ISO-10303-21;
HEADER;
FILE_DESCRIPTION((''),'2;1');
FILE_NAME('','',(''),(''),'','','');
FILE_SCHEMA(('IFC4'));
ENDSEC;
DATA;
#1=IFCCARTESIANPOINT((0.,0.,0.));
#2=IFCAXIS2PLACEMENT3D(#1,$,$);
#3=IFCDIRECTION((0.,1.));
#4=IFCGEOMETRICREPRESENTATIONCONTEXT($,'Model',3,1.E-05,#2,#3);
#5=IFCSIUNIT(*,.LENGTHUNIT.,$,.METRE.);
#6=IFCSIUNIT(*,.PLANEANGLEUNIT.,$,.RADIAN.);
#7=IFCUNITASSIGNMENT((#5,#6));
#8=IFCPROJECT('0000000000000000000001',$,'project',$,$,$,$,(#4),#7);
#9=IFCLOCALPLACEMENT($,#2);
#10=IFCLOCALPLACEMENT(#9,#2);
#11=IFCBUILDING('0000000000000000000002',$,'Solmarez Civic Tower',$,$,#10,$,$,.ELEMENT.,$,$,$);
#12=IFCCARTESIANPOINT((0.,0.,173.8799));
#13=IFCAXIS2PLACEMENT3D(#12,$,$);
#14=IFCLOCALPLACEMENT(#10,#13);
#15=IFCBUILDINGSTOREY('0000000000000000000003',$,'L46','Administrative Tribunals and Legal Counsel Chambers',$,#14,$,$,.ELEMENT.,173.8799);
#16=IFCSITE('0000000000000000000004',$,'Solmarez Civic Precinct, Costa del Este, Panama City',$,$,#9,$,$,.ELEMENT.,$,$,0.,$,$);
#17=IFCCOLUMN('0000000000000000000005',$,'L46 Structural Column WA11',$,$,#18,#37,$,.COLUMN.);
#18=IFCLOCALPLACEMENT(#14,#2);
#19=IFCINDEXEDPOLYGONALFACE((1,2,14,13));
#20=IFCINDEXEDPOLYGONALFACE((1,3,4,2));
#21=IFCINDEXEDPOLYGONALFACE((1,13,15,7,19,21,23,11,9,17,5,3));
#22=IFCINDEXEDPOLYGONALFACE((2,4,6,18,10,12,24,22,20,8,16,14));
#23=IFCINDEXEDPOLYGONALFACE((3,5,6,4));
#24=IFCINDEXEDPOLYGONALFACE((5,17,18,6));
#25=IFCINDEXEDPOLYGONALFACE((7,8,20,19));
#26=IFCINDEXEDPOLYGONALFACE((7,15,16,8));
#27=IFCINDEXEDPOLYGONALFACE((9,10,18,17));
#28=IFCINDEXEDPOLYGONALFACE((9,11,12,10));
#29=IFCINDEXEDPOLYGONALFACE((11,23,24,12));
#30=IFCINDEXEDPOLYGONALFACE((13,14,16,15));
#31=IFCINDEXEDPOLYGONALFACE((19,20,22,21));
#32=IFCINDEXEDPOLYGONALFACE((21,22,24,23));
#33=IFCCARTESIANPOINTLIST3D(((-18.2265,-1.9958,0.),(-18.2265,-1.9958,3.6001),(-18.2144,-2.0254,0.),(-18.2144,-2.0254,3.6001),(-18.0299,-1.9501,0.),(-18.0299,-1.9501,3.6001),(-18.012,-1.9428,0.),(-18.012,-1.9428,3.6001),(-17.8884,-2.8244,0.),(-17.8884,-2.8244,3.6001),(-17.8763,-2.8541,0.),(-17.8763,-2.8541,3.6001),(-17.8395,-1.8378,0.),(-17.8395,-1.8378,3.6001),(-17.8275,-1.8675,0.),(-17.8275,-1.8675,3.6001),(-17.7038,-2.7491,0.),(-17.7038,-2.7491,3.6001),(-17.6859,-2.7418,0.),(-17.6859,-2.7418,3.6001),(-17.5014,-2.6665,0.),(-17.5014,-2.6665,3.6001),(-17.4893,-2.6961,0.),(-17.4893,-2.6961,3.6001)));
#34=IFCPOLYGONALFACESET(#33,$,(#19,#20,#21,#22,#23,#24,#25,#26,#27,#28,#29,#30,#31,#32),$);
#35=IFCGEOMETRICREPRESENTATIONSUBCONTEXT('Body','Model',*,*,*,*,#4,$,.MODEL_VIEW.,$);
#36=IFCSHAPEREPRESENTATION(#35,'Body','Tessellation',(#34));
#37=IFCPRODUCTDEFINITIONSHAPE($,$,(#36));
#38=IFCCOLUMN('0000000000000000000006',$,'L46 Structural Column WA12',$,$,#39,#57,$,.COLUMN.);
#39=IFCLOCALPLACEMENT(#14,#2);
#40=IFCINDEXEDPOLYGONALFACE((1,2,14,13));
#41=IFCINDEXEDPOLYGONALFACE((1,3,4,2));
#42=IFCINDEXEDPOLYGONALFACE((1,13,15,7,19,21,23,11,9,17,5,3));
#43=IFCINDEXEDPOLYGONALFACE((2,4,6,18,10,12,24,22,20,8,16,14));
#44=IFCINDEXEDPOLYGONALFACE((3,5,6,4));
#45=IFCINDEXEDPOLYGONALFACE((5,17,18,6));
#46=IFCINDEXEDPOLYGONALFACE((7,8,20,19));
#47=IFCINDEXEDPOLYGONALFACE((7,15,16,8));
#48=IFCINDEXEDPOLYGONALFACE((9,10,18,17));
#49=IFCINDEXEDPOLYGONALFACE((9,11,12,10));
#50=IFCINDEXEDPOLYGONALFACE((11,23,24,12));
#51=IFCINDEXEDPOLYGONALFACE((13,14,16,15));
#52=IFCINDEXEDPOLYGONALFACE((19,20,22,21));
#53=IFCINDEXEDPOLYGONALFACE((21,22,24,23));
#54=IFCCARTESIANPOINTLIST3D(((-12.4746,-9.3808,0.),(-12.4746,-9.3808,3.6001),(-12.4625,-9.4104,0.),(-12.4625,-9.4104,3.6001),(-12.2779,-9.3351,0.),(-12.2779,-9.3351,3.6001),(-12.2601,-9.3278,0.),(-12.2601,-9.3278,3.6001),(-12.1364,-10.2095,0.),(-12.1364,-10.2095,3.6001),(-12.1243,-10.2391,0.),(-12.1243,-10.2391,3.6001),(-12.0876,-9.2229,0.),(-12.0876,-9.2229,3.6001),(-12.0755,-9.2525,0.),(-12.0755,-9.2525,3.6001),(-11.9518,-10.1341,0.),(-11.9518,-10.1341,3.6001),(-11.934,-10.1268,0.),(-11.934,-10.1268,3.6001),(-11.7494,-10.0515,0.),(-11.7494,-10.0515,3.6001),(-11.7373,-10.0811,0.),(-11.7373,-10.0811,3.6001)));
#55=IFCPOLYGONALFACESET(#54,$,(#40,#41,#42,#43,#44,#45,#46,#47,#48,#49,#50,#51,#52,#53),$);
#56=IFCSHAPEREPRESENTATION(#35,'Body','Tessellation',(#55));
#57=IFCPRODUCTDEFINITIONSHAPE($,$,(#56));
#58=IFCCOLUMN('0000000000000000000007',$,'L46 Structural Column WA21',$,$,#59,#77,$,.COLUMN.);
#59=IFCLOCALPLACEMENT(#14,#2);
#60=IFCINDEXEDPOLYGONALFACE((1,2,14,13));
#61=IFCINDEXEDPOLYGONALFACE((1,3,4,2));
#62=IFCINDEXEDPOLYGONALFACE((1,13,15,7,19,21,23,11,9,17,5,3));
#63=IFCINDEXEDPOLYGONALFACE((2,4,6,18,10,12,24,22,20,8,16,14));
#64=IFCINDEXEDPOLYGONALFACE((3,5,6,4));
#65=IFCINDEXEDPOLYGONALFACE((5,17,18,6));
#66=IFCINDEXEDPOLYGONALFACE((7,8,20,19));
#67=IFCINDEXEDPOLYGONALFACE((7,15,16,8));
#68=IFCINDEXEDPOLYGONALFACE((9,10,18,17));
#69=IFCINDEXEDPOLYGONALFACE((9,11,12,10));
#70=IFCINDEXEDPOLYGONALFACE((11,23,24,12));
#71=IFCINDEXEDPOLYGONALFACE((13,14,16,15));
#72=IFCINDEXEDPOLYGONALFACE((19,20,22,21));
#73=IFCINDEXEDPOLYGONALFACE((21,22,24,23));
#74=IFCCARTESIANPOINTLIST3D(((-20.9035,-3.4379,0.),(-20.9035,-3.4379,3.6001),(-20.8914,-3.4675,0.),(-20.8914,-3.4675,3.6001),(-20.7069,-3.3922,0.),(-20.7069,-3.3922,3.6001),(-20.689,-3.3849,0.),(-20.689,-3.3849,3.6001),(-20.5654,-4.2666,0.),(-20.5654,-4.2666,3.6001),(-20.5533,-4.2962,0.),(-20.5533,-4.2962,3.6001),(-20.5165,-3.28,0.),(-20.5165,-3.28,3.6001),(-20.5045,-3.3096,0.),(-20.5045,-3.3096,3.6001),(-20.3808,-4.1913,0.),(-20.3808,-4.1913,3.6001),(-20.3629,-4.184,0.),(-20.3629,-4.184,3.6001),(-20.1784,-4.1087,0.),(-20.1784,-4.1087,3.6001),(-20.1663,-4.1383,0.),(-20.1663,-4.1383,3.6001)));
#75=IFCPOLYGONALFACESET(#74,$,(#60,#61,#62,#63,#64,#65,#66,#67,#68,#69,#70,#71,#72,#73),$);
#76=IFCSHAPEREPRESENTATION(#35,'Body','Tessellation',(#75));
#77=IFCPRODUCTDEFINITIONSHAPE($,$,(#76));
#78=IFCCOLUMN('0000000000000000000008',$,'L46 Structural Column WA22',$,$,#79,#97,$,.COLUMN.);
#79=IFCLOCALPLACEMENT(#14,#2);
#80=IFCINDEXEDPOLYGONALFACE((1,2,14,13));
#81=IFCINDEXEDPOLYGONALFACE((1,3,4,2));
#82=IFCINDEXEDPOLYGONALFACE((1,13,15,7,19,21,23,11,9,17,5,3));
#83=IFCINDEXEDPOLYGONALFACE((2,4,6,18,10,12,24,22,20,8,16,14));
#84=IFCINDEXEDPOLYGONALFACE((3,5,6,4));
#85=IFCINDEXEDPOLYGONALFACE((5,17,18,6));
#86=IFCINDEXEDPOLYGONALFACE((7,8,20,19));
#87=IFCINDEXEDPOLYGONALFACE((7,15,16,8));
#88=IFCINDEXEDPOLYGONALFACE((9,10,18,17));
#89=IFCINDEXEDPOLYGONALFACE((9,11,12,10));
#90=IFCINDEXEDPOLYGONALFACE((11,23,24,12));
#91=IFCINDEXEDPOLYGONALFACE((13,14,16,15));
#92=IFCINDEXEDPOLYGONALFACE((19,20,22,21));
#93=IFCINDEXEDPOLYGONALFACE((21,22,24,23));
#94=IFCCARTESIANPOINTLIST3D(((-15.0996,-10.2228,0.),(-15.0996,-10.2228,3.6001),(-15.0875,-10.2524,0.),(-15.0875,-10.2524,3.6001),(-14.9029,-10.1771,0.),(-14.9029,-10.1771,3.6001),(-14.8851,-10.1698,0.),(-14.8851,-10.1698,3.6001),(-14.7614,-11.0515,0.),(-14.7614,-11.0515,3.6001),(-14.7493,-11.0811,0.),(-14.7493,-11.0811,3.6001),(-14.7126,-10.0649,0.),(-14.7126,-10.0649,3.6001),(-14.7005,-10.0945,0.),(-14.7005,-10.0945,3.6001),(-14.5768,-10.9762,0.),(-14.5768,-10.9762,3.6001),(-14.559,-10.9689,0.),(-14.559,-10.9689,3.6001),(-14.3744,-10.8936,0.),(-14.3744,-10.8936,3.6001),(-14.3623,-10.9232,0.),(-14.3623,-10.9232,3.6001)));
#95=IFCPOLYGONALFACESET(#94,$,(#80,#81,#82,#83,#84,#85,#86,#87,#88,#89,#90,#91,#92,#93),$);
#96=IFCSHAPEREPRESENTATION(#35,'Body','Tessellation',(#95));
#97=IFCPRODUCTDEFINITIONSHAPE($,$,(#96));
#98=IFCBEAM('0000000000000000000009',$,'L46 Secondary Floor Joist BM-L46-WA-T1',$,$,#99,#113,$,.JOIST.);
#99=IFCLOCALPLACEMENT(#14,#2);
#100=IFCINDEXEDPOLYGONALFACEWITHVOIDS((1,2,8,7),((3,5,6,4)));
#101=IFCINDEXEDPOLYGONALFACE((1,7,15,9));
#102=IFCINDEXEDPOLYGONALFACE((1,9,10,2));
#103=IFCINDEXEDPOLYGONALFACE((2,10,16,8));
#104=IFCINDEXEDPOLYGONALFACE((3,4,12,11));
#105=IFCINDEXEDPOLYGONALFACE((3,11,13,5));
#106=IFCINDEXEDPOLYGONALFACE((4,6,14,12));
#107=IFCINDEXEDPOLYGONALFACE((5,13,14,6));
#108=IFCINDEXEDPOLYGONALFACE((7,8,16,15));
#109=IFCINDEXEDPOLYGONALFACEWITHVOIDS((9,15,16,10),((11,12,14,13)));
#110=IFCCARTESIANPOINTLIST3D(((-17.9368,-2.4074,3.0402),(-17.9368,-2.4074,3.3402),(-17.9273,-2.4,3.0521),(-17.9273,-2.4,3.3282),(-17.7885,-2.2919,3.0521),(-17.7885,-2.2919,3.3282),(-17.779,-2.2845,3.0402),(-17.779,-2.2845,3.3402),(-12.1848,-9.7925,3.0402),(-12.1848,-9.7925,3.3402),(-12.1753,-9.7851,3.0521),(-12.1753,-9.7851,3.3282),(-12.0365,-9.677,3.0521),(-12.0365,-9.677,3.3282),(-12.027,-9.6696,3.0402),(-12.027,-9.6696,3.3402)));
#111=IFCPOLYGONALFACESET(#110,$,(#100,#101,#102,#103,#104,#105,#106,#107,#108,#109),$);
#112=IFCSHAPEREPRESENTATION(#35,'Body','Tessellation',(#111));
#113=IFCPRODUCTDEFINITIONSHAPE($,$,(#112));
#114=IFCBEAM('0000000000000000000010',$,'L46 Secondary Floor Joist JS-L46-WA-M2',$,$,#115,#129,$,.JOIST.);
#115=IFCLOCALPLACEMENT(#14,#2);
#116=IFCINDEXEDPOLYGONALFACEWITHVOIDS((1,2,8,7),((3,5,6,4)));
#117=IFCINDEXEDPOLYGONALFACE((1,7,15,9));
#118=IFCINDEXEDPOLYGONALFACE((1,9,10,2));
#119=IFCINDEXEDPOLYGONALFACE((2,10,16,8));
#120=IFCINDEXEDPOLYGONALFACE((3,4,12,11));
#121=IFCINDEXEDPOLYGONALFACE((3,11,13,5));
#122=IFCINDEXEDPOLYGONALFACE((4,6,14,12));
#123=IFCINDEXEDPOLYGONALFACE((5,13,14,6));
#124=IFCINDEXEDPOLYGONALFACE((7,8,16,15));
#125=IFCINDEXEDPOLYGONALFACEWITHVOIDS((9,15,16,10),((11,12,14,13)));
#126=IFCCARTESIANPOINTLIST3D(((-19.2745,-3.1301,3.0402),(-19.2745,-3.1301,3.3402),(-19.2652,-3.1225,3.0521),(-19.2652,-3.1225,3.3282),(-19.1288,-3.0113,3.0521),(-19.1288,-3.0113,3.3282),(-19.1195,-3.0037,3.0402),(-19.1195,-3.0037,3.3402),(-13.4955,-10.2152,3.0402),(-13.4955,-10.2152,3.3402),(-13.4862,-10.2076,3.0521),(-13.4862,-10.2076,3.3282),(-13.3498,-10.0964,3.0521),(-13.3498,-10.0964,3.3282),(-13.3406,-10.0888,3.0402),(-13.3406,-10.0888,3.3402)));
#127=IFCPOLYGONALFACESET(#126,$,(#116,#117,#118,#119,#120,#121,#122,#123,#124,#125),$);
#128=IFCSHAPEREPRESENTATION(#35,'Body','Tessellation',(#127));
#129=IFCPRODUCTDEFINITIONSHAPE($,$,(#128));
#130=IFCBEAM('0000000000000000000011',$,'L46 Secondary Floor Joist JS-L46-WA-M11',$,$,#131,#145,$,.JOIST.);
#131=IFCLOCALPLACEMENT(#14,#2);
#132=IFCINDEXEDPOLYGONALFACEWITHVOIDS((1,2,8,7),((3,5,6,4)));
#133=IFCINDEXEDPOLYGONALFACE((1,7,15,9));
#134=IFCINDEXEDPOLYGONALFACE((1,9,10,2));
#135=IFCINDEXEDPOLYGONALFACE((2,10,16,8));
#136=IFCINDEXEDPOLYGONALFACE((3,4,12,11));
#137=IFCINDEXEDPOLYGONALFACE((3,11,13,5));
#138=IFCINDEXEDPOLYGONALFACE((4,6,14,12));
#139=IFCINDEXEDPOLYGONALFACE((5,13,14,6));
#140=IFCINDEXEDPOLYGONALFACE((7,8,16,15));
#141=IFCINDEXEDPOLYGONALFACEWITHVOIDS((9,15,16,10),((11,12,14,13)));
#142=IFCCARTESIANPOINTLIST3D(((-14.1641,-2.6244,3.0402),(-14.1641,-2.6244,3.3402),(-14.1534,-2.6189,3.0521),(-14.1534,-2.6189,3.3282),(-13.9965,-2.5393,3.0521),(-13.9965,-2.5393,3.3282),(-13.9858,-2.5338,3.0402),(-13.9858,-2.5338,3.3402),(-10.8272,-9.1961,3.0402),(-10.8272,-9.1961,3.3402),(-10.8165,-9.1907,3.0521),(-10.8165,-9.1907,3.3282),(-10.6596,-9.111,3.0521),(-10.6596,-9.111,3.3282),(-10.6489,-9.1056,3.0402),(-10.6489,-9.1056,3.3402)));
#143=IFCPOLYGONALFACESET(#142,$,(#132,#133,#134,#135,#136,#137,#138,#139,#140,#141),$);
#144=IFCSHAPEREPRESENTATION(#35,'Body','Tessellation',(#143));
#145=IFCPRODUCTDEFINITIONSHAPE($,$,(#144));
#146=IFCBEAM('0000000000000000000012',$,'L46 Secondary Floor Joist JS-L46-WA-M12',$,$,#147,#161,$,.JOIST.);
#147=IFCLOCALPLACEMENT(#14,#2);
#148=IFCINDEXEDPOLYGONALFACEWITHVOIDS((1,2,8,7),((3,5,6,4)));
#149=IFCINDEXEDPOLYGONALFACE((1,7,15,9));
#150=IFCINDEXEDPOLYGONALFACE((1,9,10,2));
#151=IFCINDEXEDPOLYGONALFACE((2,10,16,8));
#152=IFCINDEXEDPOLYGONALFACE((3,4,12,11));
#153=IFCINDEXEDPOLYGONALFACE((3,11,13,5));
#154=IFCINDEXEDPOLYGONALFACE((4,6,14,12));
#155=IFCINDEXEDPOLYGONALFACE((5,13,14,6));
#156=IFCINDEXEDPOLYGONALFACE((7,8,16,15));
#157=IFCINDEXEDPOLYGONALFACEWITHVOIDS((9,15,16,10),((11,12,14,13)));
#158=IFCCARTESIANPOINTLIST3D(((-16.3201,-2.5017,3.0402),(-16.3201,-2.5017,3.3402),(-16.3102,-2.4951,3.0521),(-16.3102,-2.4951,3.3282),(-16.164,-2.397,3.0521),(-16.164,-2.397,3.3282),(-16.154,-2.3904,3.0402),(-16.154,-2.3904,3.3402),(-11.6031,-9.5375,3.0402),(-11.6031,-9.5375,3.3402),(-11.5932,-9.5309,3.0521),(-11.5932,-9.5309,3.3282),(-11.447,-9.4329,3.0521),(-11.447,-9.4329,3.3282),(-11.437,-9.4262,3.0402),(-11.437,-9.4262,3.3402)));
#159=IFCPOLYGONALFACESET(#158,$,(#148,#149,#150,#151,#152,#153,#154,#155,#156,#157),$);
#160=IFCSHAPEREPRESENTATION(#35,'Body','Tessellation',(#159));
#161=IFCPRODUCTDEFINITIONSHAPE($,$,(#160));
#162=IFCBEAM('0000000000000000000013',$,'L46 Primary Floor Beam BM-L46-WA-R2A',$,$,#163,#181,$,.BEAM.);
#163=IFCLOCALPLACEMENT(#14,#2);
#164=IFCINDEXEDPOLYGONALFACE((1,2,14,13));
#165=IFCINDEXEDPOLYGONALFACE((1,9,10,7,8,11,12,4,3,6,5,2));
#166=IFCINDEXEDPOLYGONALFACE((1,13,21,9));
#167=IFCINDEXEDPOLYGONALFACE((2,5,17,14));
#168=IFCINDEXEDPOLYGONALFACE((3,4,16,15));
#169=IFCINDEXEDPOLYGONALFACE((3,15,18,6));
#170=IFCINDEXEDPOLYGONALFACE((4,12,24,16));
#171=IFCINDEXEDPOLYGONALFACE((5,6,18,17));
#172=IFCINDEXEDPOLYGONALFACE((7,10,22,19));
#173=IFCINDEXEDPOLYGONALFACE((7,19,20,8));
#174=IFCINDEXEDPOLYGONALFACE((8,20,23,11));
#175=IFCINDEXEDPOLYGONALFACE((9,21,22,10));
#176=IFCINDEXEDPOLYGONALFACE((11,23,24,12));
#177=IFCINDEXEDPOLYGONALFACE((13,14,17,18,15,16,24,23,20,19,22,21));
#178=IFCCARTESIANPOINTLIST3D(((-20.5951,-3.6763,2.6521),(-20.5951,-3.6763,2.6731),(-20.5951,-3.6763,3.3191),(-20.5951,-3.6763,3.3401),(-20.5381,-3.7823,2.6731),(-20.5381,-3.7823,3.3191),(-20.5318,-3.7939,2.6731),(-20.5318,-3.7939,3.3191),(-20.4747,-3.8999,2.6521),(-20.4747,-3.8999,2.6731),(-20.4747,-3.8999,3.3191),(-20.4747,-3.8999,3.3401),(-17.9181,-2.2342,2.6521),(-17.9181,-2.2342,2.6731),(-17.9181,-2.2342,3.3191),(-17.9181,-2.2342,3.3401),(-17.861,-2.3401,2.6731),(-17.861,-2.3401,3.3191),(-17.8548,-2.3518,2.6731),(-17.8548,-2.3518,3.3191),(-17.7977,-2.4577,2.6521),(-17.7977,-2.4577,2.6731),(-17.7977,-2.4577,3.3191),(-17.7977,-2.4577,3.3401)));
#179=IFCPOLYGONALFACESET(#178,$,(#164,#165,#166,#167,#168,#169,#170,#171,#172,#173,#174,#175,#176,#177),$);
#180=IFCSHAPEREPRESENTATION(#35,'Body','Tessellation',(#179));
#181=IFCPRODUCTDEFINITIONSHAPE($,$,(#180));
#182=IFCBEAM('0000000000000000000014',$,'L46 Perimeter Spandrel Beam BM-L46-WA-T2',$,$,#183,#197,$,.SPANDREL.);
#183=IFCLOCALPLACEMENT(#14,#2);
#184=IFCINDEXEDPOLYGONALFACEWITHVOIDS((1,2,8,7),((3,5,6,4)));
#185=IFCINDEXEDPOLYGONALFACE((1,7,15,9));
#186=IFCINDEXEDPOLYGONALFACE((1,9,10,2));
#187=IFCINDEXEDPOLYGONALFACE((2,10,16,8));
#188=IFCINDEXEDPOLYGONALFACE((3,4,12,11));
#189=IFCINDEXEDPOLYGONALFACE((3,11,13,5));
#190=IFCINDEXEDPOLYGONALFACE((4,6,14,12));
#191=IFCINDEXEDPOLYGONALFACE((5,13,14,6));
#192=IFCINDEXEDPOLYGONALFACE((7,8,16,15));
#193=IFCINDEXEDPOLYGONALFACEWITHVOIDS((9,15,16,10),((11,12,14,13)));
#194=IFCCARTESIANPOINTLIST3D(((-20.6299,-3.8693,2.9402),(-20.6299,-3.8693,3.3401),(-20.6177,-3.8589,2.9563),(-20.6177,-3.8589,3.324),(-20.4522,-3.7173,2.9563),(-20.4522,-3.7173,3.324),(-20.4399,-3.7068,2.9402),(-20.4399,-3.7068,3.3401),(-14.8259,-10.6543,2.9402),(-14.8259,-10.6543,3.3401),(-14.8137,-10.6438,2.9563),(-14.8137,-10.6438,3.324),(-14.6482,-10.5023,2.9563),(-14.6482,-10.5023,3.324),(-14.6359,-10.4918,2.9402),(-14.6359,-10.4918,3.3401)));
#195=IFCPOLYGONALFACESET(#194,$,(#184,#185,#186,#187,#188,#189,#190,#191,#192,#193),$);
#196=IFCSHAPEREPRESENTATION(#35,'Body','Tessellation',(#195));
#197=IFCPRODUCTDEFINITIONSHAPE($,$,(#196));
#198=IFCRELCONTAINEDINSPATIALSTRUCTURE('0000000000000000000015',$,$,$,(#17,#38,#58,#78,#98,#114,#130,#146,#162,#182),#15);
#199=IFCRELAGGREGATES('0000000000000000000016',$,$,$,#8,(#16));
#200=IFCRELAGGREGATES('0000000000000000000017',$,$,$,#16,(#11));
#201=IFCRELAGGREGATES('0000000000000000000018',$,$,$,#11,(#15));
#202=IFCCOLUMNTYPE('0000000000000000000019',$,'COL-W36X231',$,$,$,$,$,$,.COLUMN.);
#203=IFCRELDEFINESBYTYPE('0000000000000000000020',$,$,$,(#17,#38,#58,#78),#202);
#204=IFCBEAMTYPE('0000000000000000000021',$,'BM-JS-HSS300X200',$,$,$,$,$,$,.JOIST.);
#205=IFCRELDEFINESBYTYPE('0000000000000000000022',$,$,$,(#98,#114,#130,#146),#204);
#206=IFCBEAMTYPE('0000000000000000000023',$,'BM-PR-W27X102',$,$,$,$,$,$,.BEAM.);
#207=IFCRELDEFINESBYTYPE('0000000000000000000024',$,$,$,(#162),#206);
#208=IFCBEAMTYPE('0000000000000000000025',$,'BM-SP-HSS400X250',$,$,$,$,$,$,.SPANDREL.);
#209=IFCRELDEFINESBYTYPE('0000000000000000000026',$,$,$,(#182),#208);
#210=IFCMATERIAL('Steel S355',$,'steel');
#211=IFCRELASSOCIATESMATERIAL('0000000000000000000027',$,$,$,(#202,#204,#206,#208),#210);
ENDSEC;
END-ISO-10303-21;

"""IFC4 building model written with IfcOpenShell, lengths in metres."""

from ifc_helpers import new_model, si_unit, direction, frame, origin, origin_2d, place, context, subcontext, project, spatial, hollow_rectangle, i_section, extrude, material, material_profile, profile_set, type_object, element, save


model = new_model("IFC4")

# Units and contexts
model_context = context("Model", 3, precision=1e-05, world=origin(), true_north=direction((0.0, 1.0)))
body_context = subcontext(model_context, "Body", "Model", "MODEL_VIEW")
ifc_project = project(units=[si_unit("LENGTHUNIT", "METRE"), si_unit("PLANEANGLEUNIT", "RADIAN")], contexts=[model_context])

# Site, building, storey
site_placement = place(None, origin())
site = spatial("IfcSite", under=ifc_project, at=site_placement, Name="Solmarez Civic Precinct, Costa del Este, Panama City", CompositionType="ELEMENT", RefElevation=0.0)
building_placement = place(site_placement, origin())
building = spatial("IfcBuilding", under=site, at=building_placement, Name="Solmarez Civic Tower", CompositionType="ELEMENT")
storey_placement = place(building_placement, frame((0.0, 0.0, 173.8799)))
storey = spatial("IfcBuildingStorey", under=building, at=storey_placement, Name="L46", Description="Administrative Tribunals and Legal Counsel Chambers", CompositionType="ELEMENT", Elevation=173.8799)

# Columns
ifc_material_1 = material(Name="Steel S355", Category="steel")
ifc_material_profile_1 = material_profile(ifc_material_1, i_section(OverallWidth=0.418, OverallDepth=0.927, WebThickness=0.0193, FlangeThickness=0.032, at=origin_2d()), Name="W36X231")
ifc_profile_set_1 = profile_set([ifc_material_profile_1], Name="Steel S355")
column_type = type_object("IfcColumnType", Name="COL-W36X231", PredefinedType="COLUMN", material=ifc_profile_set_1)
for number, where, z_axis, x_axis, name in (
    (1, (-17.8579, -2.3459, 0.0), (0.0, 0.0, 1.0), (0.925871, 0.377841, 0.0), "L46 Structural Column WA11"),
    (2, (-12.106, -9.731, 0.0), (0.0, 0.0, 1.0), (0.925871, 0.377841, 0.0), "L46 Structural Column WA12"),
    (3, (-20.5349, -3.7881, 0.0), (0.0, 0.0, 1.0), (0.925871, 0.377841, 0.0), "L46 Structural Column WA21"),
    (4, (-14.731, -10.573, 0.0), (0.0, 0.0, 1.0), (0.925871, 0.377841, 0.0), "L46 Structural Column WA22"),
):
    element("IfcColumn", number, at=place(storey_placement, frame(where, z_axis=z_axis, x_axis=x_axis)), inside=storey, type_object=column_type, Name=name, PredefinedType="COLUMN", context=body_context, shape_type="SweptSolid", body=[
        extrude(i_section(OverallWidth=0.418, OverallDepth=0.927, WebThickness=0.0193, FlangeThickness=0.032, at=origin_2d()), origin(), (0.0, 0.0, 1.0), 3.6001),
    ])

# Beams
ifc_material_profile_2 = material_profile(ifc_material_1, hollow_rectangle(XDim=0.2, YDim=0.3, WallThickness=0.012, at=origin_2d()), Name="HSS300X200X12")
ifc_profile_set_2 = profile_set([ifc_material_profile_2], Name="Steel S355")
beam_type_1 = type_object("IfcBeamType", Name="BM-JS-HSS300X200", PredefinedType="JOIST", material=ifc_profile_set_2)
beam_1_placement = place(storey_placement, frame((-17.8579, -2.3459, 3.1902), z_axis=(0.614477, -0.788935, 0.0), x_axis=(0.788935, 0.614477, 0.0)))
element("IfcBeam", 5, at=beam_1_placement, inside=storey, type_object=beam_type_1, Name="L46 Secondary Floor Joist BM-L46-WA-T1", PredefinedType="JOIST", context=body_context, shape_type="SweptSolid", body=[
    extrude(hollow_rectangle(XDim=0.2, YDim=0.3, WallThickness=0.012, at=origin_2d()), origin(), (0.0, 0.0, 1.0), 9.3608),
])
beam_2_placement = place(storey_placement, frame((-19.197, -3.0669, 3.1902), z_axis=(0.632062, -0.774918, 0.0), x_axis=(0.774918, 0.632062, 0.0)))
element("IfcBeam", 6, at=beam_2_placement, inside=storey, type_object=beam_type_1, Name="L46 Secondary Floor Joist JS-L46-WA-M2", PredefinedType="JOIST", context=body_context, shape_type="SweptSolid", body=[
    extrude(hollow_rectangle(XDim=0.2, YDim=0.3, WallThickness=0.012, at=origin_2d()), origin(), (0.0, 0.0, 1.0), 9.1431),
])
beam_3_placement = place(storey_placement, frame((-14.075, -2.5791, 3.1902), z_axis=(0.452743, -0.891641, 0.0), x_axis=(0.891641, 0.452743, 0.0)))
element("IfcBeam", 7, at=beam_3_placement, inside=storey, type_object=beam_type_1, Name="L46 Secondary Floor Joist JS-L46-WA-M11", PredefinedType="JOIST", context=body_context, shape_type="SweptSolid", body=[
    extrude(hollow_rectangle(XDim=0.2, YDim=0.3, WallThickness=0.012, at=origin_2d()), origin(), (0.0, 0.0, 1.0), 7.3704),
])
beam_4_placement = place(storey_placement, frame((-16.2371, -2.446, 3.1902), z_axis=(0.55686, -0.830606, 0.0), x_axis=(0.830606, 0.55686, 0.0)))
element("IfcBeam", 8, at=beam_4_placement, inside=storey, type_object=beam_type_1, Name="L46 Secondary Floor Joist JS-L46-WA-M12", PredefinedType="JOIST", context=body_context, shape_type="SweptSolid", body=[
    extrude(hollow_rectangle(XDim=0.2, YDim=0.3, WallThickness=0.012, at=origin_2d()), origin(), (0.0, 0.0, 1.0), 8.4707),
])
ifc_material_profile_3 = material_profile(ifc_material_1, i_section(OverallWidth=0.2539, OverallDepth=0.688, WebThickness=0.0132, FlangeThickness=0.021, at=origin_2d()), Name="W27X102")
ifc_profile_set_3 = profile_set([ifc_material_profile_3], Name="Steel S355")
beam_type_2 = type_object("IfcBeamType", Name="BM-PR-W27X102", PredefinedType="BEAM", material=ifc_profile_set_3)
beam_5_placement = place(storey_placement, frame((-17.8579, -2.3459, 2.9961), z_axis=(-0.880378, -0.474272, 0.0), x_axis=(0.474272, -0.880378, 0.0)))
element("IfcBeam", 9, at=beam_5_placement, inside=storey, type_object=beam_type_2, Name="L46 Primary Floor Beam BM-L46-WA-R2A", PredefinedType="BEAM", context=body_context, shape_type="SweptSolid", body=[
    extrude(i_section(OverallWidth=0.2539, OverallDepth=0.688, WebThickness=0.0132, FlangeThickness=0.021, at=origin_2d()), origin(), (0.0, 0.0, 1.0), 3.0408),
])
ifc_material_profile_4 = material_profile(ifc_material_1, hollow_rectangle(XDim=0.25, YDim=0.3999, WallThickness=0.0161, at=origin_2d()), Name="HSS400X250X16")
ifc_profile_set_4 = profile_set([ifc_material_profile_4], Name="Steel S355")
beam_type_3 = type_object("IfcBeamType", Name="BM-SP-HSS400X250", PredefinedType="SPANDREL", material=ifc_profile_set_4)
beam_6_placement = place(storey_placement, frame((-20.5349, -3.7881, 3.1401), z_axis=(0.650037, -0.759903, 0.0), x_axis=(0.759903, 0.650037, 0.0)))
element("IfcBeam", 10, at=beam_6_placement, inside=storey, type_object=beam_type_3, Name="L46 Perimeter Spandrel Beam BM-L46-WA-T2", PredefinedType="SPANDREL", context=body_context, shape_type="SweptSolid", body=[
    extrude(hollow_rectangle(XDim=0.25, YDim=0.3999, WallThickness=0.0161, at=origin_2d()), origin(), (0.0, 0.0, 1.0), 8.9287),
])

save(model, "model.ifc")
